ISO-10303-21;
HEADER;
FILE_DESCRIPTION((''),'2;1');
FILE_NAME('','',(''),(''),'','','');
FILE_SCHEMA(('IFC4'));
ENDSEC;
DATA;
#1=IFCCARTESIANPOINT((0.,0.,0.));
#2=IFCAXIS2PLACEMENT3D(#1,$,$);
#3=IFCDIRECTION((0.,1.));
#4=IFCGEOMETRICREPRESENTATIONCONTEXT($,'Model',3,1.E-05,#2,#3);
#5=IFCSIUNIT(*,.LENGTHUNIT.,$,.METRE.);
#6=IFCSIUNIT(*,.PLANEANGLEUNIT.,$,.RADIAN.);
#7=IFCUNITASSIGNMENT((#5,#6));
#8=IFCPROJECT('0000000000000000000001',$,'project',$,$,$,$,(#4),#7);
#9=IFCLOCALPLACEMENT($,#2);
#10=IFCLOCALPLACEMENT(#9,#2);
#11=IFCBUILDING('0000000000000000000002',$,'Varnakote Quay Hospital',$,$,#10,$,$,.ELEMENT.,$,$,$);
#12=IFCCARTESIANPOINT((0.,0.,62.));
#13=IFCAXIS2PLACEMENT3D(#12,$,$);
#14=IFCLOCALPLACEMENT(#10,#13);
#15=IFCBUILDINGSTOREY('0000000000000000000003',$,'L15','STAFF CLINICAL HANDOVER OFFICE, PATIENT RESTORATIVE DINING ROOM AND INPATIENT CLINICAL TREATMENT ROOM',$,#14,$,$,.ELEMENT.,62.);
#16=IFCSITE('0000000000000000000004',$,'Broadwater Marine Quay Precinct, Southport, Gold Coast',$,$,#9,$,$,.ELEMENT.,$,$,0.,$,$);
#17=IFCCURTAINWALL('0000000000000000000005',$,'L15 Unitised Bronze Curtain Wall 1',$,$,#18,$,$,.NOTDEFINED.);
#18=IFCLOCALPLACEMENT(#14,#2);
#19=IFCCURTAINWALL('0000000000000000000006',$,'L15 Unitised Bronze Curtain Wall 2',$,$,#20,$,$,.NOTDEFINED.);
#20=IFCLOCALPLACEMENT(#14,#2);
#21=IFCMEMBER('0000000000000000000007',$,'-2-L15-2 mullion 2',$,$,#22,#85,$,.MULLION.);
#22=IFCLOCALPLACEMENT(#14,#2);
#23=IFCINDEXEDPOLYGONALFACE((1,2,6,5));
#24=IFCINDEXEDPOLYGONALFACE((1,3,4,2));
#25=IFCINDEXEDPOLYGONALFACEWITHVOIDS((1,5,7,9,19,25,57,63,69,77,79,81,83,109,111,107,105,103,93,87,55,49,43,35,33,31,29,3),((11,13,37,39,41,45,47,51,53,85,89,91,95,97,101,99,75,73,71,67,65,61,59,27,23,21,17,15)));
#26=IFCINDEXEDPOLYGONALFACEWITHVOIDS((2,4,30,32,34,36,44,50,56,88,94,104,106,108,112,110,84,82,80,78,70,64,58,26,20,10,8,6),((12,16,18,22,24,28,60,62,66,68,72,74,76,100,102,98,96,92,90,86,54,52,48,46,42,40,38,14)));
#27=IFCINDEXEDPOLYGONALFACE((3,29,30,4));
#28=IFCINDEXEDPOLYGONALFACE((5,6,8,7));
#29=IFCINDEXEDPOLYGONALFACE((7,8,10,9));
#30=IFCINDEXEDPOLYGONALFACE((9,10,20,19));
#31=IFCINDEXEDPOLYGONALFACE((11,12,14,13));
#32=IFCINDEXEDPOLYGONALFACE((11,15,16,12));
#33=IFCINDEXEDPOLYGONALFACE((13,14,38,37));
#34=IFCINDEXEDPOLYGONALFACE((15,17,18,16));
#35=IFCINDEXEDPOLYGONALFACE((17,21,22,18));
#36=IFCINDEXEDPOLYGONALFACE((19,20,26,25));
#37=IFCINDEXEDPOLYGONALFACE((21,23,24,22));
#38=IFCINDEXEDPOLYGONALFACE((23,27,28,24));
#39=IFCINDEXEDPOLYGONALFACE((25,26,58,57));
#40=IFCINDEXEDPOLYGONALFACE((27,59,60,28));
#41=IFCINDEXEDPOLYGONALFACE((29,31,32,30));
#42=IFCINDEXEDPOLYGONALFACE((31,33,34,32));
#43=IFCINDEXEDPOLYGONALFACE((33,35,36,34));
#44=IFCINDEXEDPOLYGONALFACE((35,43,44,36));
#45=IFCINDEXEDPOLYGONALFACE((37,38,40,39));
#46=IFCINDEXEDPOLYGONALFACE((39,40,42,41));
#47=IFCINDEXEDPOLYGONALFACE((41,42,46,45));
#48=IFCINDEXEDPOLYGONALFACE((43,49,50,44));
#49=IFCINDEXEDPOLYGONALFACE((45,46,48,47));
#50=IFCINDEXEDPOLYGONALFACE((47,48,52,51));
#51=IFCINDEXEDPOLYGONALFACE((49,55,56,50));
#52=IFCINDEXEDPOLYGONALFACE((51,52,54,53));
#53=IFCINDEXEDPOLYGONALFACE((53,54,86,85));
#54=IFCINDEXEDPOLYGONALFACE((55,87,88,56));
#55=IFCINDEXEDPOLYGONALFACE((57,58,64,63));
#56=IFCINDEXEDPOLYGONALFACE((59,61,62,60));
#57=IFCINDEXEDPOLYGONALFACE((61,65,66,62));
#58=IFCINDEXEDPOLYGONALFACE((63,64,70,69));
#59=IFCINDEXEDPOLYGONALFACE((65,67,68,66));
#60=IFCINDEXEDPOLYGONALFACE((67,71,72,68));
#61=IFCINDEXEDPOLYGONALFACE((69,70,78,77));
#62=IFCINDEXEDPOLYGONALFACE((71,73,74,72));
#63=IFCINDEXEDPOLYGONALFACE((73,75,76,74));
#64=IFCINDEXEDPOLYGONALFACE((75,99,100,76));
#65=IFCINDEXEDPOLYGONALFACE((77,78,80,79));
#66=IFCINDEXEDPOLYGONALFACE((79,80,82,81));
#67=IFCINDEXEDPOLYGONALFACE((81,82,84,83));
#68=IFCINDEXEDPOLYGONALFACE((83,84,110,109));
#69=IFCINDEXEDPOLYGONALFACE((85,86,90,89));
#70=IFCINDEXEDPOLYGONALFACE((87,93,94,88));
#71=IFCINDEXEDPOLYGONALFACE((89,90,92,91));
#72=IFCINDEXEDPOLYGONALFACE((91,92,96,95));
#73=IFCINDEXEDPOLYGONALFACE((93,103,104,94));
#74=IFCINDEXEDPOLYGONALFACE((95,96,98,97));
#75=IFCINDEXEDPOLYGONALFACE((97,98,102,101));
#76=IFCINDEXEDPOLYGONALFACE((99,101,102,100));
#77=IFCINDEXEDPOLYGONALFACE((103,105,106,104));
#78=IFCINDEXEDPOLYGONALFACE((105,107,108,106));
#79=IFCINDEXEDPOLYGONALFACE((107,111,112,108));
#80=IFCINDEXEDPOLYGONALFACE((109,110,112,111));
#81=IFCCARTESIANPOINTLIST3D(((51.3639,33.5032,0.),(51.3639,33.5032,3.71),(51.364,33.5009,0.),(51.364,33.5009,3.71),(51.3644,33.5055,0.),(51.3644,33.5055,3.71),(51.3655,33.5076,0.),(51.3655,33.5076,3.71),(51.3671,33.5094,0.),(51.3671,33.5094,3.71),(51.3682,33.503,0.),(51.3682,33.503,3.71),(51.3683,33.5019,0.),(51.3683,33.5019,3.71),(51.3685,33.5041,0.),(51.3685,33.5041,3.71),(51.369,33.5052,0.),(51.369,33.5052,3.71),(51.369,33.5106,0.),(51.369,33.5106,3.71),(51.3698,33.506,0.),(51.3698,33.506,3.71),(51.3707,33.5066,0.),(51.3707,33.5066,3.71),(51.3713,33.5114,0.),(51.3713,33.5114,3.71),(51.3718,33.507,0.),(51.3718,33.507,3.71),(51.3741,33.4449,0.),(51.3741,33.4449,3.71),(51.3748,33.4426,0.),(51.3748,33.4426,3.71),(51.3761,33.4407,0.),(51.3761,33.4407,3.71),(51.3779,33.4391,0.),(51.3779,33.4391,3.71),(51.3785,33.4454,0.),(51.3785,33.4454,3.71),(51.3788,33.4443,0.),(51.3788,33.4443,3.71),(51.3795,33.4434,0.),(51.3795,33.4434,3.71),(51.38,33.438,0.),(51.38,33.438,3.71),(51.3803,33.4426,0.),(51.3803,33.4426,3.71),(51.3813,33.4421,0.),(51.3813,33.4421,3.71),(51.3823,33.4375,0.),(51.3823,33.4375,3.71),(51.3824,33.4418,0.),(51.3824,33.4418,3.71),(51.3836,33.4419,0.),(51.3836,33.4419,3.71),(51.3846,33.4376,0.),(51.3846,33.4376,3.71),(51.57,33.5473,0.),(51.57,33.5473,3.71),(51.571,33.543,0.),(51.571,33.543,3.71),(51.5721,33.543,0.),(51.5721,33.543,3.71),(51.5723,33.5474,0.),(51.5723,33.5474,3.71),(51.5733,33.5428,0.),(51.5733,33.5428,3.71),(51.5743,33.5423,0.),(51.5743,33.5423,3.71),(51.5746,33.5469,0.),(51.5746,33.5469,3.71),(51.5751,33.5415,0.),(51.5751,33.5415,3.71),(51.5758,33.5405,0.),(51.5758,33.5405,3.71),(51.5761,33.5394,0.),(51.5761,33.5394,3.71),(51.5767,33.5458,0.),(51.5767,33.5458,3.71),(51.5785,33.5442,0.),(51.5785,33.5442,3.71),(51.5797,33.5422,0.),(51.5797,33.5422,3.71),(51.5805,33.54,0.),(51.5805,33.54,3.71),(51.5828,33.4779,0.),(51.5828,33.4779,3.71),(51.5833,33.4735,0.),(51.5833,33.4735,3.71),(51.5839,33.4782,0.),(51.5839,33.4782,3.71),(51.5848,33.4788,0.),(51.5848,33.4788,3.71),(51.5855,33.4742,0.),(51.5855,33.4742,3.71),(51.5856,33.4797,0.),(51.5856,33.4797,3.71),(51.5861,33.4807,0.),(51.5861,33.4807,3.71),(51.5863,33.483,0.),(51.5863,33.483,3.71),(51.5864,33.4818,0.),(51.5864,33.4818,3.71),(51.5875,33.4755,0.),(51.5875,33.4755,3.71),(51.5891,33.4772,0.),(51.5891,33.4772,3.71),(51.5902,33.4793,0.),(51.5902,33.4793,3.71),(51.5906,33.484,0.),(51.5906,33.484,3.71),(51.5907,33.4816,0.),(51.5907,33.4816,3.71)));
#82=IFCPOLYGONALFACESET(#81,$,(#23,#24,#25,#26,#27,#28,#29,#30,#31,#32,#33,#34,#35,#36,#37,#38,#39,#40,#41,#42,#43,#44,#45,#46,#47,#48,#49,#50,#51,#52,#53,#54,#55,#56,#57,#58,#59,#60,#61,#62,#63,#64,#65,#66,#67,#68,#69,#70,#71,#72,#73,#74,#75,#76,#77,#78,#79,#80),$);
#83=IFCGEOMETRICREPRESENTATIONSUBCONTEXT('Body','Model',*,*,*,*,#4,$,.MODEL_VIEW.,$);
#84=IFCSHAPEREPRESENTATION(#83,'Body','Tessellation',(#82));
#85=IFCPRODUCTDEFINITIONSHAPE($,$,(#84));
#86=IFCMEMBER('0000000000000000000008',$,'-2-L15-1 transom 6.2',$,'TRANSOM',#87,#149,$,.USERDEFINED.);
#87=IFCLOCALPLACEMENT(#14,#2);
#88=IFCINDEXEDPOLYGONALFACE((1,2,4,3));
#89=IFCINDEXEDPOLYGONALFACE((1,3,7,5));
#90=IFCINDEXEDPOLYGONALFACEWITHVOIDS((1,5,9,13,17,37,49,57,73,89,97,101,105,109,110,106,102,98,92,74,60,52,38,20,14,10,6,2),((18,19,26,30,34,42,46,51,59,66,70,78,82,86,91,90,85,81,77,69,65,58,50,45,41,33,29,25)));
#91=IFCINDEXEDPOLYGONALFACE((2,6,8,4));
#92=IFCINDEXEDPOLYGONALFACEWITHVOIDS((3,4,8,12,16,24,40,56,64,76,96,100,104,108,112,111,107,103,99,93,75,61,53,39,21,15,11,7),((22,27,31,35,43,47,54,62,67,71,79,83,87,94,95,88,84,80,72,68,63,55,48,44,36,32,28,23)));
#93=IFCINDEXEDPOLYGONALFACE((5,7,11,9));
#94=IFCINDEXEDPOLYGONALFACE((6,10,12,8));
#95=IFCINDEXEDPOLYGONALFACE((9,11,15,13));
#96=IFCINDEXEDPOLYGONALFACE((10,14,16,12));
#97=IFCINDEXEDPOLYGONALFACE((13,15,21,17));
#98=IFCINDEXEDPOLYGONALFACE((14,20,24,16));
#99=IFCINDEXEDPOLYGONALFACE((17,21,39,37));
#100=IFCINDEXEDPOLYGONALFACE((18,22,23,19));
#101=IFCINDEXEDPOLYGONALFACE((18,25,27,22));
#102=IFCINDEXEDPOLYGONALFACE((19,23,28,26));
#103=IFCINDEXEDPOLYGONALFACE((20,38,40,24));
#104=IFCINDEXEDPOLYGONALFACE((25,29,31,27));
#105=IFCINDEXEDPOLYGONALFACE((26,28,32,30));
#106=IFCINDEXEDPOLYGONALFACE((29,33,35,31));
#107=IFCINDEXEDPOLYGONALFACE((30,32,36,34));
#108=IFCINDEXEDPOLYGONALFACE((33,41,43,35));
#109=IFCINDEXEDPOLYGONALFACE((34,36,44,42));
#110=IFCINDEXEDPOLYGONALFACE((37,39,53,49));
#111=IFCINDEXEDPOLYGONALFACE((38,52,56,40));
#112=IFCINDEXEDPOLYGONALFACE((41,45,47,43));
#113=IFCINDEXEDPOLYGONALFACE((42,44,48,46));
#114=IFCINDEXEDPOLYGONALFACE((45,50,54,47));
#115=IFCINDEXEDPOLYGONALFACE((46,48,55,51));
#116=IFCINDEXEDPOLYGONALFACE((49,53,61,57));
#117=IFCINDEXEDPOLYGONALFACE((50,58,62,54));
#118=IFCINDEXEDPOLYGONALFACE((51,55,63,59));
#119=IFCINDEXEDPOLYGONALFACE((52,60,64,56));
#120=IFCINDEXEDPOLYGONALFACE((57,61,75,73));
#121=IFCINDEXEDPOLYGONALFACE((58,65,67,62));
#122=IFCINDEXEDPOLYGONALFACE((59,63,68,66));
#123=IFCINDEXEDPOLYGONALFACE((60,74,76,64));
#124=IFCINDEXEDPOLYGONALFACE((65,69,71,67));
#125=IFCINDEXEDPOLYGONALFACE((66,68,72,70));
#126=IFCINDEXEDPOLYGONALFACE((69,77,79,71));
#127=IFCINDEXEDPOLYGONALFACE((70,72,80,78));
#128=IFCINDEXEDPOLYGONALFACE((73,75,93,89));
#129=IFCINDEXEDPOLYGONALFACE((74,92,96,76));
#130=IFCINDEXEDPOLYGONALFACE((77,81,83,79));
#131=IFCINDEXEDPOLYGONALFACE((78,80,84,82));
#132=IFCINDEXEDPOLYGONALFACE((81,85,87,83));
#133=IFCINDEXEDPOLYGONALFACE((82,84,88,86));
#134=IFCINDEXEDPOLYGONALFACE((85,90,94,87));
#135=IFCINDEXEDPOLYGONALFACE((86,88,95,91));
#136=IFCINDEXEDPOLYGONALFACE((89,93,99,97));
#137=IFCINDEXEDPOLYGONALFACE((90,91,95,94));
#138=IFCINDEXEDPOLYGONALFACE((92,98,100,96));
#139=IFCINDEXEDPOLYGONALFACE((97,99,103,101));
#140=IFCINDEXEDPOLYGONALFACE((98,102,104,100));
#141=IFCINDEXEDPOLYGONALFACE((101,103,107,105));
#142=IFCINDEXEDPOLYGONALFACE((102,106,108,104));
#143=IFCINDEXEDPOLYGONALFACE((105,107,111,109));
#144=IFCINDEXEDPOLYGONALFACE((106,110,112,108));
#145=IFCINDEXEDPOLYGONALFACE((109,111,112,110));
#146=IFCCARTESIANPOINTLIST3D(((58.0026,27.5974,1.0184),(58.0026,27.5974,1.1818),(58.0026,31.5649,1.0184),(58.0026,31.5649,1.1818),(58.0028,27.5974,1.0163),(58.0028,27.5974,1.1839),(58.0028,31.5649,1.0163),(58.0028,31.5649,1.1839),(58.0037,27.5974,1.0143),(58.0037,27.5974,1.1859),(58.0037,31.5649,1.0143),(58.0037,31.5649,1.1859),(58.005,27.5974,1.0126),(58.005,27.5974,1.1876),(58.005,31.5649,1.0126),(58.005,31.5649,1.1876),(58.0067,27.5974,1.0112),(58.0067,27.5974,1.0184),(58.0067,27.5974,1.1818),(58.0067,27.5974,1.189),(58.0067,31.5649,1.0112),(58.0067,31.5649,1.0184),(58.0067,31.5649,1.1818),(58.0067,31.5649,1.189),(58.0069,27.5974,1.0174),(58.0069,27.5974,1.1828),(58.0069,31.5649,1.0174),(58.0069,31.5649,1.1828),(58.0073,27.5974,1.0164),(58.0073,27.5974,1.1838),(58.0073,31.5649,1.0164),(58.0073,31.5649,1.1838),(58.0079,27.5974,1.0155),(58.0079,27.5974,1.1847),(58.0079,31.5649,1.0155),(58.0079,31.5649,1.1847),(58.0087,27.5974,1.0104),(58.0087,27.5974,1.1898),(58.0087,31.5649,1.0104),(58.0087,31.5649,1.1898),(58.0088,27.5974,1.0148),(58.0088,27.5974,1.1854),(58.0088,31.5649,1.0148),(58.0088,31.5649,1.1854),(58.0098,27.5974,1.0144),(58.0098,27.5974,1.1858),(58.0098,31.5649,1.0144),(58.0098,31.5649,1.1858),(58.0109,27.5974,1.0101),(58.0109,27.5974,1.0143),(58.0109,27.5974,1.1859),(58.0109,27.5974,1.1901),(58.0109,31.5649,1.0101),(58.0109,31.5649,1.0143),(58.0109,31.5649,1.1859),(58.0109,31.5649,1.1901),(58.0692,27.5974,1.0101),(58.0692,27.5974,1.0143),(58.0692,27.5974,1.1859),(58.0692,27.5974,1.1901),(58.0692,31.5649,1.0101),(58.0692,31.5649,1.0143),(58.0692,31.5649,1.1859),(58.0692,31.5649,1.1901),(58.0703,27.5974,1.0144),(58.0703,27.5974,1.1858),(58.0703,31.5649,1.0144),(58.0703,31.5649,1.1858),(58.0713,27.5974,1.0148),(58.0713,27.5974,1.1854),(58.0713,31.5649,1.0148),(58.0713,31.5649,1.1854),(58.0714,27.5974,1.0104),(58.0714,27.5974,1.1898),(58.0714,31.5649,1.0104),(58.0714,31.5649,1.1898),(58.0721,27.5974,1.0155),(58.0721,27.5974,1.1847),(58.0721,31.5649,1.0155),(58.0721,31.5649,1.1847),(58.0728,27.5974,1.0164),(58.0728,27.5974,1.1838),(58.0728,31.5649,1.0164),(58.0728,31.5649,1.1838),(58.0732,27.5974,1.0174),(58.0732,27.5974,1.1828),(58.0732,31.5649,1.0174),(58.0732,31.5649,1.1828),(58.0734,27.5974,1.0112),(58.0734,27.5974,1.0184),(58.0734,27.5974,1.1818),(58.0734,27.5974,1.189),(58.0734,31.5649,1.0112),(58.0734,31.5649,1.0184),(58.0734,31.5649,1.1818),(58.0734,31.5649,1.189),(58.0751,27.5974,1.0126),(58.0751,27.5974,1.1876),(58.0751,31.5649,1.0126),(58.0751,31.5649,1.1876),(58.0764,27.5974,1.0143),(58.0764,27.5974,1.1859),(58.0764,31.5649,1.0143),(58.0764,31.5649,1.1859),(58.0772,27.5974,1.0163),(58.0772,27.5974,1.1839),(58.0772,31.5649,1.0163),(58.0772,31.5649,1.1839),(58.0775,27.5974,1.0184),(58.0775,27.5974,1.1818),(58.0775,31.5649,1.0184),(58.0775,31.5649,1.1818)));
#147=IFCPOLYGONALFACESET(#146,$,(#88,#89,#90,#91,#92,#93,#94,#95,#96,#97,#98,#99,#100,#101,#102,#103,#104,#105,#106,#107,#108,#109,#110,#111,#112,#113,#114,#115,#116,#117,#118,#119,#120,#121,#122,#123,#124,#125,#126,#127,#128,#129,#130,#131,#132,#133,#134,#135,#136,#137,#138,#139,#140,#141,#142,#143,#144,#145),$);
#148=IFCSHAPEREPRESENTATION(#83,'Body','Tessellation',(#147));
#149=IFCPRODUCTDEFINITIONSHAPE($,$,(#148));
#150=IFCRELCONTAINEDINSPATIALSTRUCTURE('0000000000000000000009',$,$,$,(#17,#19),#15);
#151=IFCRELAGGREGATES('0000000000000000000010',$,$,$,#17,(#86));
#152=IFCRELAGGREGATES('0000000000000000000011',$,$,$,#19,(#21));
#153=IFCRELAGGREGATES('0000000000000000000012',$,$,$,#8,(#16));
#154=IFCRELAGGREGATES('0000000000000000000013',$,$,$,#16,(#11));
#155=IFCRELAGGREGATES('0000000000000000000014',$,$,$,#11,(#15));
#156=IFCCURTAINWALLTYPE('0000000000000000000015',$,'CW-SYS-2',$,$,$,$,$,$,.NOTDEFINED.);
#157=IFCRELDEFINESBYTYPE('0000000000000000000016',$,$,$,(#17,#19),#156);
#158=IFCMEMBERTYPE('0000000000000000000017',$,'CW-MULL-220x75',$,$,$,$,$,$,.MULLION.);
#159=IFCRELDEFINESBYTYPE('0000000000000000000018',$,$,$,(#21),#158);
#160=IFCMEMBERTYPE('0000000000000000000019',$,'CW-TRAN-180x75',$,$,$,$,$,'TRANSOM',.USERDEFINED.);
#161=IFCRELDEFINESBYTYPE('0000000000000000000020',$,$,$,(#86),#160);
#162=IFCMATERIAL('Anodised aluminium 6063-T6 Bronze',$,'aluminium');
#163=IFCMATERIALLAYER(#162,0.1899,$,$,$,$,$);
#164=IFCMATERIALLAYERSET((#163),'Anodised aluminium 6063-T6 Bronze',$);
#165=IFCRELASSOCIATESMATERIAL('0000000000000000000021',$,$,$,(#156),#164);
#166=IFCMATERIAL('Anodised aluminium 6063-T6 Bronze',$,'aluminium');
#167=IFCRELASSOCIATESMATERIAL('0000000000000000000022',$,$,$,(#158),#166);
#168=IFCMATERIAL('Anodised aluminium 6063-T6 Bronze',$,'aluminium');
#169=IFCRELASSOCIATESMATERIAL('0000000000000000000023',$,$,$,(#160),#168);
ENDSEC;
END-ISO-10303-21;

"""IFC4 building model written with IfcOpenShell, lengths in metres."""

from ifc_helpers import new_model, si_unit, direction, frame, origin, origin_2d, place, context, subcontext, project, spatial, hollow_rectangle, extrude, material, layer, layer_set, material_profile, profile_set, type_object, element, aggregate, save


model = new_model("IFC4")

# Units and contexts
model_context = context("Model", 3, precision=1e-05, world=origin(), true_north=direction((0.0, 1.0)))
body_context = subcontext(model_context, "Body", "Model", "MODEL_VIEW")
ifc_project = project(units=[si_unit("LENGTHUNIT", "METRE"), si_unit("PLANEANGLEUNIT", "RADIAN")], contexts=[model_context])

# Site, building, storey
site_placement = place(None, origin())
site = spatial("IfcSite", under=ifc_project, at=site_placement, Name="Broadwater Marine Quay Precinct, Southport, Gold Coast", CompositionType="ELEMENT", RefElevation=0.0)
building_placement = place(site_placement, origin())
building = spatial("IfcBuilding", under=site, at=building_placement, Name="Varnakote Quay Hospital", CompositionType="ELEMENT")
storey_placement = place(building_placement, frame((0.0, 0.0, 62.0)))
storey = spatial("IfcBuildingStorey", under=building, at=storey_placement, Name="L15", Description="STAFF CLINICAL HANDOVER OFFICE, PATIENT RESTORATIVE DINING ROOM AND INPATIENT CLINICAL TREATMENT ROOM", CompositionType="ELEMENT", Elevation=62.0)

# Curtain wall
ifc_material_1 = material(Name="Anodised aluminium 6063-T6 Bronze", Category="aluminium")
ifc_layer_1 = layer(ifc_material_1, 0.1899)
ifc_layer_set_1 = layer_set([ifc_layer_1], Name="Anodised aluminium 6063-T6 Bronze")
curtain_wall_type = type_object("IfcCurtainWallType", Name="CW-SYS-2", PredefinedType="NOTDEFINED", material=ifc_layer_set_1)
curtain_wall_1_placement = place(storey_placement, origin())
curtain_wall_1 = element("IfcCurtainWall", 1, at=curtain_wall_1_placement, inside=storey, type_object=curtain_wall_type, Name="L15 Unitised Bronze Curtain Wall 1", PredefinedType="NOTDEFINED")
ifc_material_2 = material(Name="Anodised aluminium 6063-T6 Bronze", Category="aluminium")
ifc_material_profile_1 = material_profile(ifc_material_2, hollow_rectangle(XDim=0.075, YDim=0.22, WallThickness=0.0044, InnerFilletRadius=0.0044, OuterFilletRadius=0.009, at=origin_2d()), Name="CW-MULL-220x75")
ifc_profile_set_1 = profile_set([ifc_material_profile_1], Name="Anodised aluminium 6063-T6 Bronze")
member_type_1 = type_object("IfcMemberType", Name="CW-MULL-220x75", PredefinedType="MULLION", material=ifc_profile_set_1)

# Curtain wall, member
curtain_wall_2_placement = place(storey_placement, origin())
curtain_wall_2 = element("IfcCurtainWall", 2, at=curtain_wall_2_placement, inside=storey, type_object=curtain_wall_type, Name="L15 Unitised Bronze Curtain Wall 2", PredefinedType="NOTDEFINED")
member_1_placement = place(storey_placement, frame((51.4773, 33.4924, 0.0), z_axis=(0.0, 0.0, 1.0), x_axis=(0.177846, -0.984058, 0.0)))
member_1 = element("IfcMember", 3, at=member_1_placement, type_object=member_type_1, Name="-2-L15-2 mullion 2", PredefinedType="MULLION", context=body_context, shape_type="SweptSolid", body=[
    extrude(hollow_rectangle(XDim=0.075, YDim=0.22, WallThickness=0.0044, InnerFilletRadius=0.0044, OuterFilletRadius=0.009, at=origin_2d()), origin(), (0.0, 0.0, 1.0), 3.71),
])

# Member
ifc_material_3 = material(Name="Anodised aluminium 6063-T6 Bronze", Category="aluminium")
ifc_material_profile_2 = material_profile(ifc_material_3, hollow_rectangle(XDim=0.075, YDim=0.1799, WallThickness=0.0042, InnerFilletRadius=0.0042, OuterFilletRadius=0.0083, at=origin_2d()), Name="CW-TRAN-180x75")
ifc_profile_set_2 = profile_set([ifc_material_profile_2], Name="Anodised aluminium 6063-T6 Bronze")
member_type_2 = type_object("IfcMemberType", Name="CW-TRAN-180x75", ElementType="TRANSOM", PredefinedType="USERDEFINED", material=ifc_profile_set_2)
member_2_placement = place(storey_placement, frame((58.04, 27.5974, 1.1001), z_axis=(0.0, 1.0, 0.0), x_axis=(-1.0, 0.0, 0.0)))
member_2 = element("IfcMember", 4, at=member_2_placement, type_object=member_type_2, Name="-2-L15-1 transom 6.2", ObjectType="TRANSOM", PredefinedType="USERDEFINED", context=body_context, shape_type="SweptSolid", body=[
    extrude(hollow_rectangle(XDim=0.075, YDim=0.1799, WallThickness=0.0042, InnerFilletRadius=0.0042, OuterFilletRadius=0.0083, at=origin_2d()), origin(), (0.0, 0.0, 1.0), 3.9675),
])

aggregate(curtain_wall_1, [member_2])
aggregate(curtain_wall_2, [member_1])

save(model, "model.ifc")
